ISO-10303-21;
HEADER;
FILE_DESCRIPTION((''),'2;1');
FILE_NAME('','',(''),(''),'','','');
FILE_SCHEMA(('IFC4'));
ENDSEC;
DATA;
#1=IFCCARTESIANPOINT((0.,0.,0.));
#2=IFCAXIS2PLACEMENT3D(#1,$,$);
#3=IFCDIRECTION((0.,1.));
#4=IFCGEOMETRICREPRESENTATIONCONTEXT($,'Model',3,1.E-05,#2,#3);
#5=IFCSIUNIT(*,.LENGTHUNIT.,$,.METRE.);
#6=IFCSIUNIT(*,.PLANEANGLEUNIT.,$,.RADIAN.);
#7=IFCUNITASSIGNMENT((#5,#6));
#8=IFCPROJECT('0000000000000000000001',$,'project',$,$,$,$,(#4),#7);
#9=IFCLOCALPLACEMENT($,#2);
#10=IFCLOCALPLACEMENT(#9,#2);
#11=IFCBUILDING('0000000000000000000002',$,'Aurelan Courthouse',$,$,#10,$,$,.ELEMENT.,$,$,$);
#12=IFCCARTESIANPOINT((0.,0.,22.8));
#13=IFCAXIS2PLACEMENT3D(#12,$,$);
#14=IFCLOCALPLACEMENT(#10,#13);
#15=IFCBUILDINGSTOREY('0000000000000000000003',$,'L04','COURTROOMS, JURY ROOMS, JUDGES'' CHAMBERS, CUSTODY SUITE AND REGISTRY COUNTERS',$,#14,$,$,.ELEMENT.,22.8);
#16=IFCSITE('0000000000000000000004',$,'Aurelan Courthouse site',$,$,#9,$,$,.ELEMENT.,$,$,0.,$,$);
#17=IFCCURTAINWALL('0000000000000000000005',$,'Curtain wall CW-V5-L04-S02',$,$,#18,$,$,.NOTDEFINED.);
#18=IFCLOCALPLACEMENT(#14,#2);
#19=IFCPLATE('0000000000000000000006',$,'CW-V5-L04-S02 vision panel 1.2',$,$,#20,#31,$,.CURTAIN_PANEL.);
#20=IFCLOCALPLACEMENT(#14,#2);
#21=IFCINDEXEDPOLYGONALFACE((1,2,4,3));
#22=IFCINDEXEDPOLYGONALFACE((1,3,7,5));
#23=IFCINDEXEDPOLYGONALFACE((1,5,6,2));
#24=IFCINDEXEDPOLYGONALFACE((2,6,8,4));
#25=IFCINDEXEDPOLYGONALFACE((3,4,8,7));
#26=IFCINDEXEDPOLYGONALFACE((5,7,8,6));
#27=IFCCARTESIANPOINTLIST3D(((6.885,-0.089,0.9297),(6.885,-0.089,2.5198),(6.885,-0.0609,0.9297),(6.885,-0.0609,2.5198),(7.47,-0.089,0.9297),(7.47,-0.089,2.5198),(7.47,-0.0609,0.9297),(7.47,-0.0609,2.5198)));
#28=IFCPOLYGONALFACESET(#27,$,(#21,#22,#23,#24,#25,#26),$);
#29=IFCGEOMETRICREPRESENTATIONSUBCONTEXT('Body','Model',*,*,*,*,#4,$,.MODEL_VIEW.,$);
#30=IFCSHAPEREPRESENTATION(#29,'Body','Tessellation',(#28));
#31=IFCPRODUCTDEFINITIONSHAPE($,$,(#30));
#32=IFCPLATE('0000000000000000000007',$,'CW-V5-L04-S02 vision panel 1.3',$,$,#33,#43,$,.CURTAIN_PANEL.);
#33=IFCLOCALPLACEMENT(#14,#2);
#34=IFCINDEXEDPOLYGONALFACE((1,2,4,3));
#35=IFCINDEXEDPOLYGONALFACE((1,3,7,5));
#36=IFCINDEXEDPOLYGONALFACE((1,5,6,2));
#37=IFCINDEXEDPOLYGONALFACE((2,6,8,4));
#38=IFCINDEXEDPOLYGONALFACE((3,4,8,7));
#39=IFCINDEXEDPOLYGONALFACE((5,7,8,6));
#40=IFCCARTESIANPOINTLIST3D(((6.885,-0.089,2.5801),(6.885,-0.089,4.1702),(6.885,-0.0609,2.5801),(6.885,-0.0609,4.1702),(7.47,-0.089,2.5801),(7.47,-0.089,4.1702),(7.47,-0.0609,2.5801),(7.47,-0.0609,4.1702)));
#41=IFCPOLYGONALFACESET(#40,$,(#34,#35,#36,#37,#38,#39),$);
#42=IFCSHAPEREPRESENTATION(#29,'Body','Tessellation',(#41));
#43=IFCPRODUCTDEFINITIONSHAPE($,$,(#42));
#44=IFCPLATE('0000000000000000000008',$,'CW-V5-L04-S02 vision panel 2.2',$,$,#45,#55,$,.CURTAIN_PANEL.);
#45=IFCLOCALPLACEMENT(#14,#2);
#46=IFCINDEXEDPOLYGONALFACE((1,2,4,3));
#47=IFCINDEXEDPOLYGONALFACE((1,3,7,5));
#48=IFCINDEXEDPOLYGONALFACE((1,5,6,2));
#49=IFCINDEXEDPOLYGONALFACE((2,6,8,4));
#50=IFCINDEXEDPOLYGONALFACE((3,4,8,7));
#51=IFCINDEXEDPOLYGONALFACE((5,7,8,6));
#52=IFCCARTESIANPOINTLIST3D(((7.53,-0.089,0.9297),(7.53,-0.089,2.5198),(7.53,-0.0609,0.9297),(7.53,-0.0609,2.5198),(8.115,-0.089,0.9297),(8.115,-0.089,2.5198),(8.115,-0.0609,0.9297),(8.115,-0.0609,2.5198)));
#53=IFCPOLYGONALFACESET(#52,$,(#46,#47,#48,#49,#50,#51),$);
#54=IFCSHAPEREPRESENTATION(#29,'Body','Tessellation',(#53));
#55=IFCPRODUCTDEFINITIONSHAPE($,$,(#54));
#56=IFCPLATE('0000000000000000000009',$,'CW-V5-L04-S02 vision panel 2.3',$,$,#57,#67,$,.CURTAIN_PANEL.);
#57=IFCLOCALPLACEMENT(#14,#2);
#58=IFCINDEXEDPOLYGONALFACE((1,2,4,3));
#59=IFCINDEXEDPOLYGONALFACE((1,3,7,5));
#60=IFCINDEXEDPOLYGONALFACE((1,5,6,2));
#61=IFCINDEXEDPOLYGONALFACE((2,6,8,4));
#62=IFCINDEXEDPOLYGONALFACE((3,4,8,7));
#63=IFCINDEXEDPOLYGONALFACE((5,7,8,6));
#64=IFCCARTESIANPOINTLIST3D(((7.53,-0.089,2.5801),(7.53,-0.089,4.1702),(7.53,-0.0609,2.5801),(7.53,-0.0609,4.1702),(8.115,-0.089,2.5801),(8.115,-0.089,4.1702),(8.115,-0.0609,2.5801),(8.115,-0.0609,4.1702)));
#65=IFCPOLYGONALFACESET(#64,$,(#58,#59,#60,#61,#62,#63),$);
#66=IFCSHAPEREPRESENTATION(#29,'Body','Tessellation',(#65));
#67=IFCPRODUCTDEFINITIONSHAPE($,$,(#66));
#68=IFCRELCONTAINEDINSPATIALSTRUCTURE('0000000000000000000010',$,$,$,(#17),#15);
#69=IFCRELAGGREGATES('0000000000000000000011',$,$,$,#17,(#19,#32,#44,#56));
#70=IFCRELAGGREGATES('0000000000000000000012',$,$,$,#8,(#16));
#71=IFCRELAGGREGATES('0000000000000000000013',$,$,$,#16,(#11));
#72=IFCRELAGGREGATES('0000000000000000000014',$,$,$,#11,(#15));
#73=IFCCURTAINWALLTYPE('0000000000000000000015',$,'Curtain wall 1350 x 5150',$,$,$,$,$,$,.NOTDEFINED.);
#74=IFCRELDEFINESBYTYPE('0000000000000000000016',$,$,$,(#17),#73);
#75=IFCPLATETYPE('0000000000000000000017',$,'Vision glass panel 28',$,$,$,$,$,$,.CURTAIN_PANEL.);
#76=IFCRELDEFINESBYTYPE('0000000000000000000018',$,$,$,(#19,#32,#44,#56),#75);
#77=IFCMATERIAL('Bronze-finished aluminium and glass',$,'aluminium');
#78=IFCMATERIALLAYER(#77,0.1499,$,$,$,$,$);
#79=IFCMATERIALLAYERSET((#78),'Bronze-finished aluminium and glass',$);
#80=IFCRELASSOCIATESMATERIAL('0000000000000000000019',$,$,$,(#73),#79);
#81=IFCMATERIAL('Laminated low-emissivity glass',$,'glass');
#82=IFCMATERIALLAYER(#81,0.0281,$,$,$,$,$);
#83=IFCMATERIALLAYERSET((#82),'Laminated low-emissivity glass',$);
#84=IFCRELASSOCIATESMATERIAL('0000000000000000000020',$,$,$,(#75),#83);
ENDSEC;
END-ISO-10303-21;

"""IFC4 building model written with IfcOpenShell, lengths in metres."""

from ifc_helpers import new_model, si_unit, direction, frame, origin, origin_2d, place, context, subcontext, project, spatial, rectangle, extrude, material, layer, layer_set, type_object, element, aggregate, save


model = new_model("IFC4")

# Units and contexts
model_context = context("Model", 3, precision=1e-05, world=origin(), true_north=direction((0.0, 1.0)))
body_context = subcontext(model_context, "Body", "Model", "MODEL_VIEW")
ifc_project = project(units=[si_unit("LENGTHUNIT", "METRE"), si_unit("PLANEANGLEUNIT", "RADIAN")], contexts=[model_context])

# Site, building, storey
site_placement = place(None, origin())
site = spatial("IfcSite", under=ifc_project, at=site_placement, Name="Aurelan Courthouse site", CompositionType="ELEMENT", RefElevation=0.0)
building_placement = place(site_placement, origin())
building = spatial("IfcBuilding", under=site, at=building_placement, Name="Aurelan Courthouse", CompositionType="ELEMENT")
storey_placement = place(building_placement, frame((0.0, 0.0, 22.8)))
storey = spatial("IfcBuildingStorey", under=building, at=storey_placement, Name="L04", Description="COURTROOMS, JURY ROOMS, JUDGES' CHAMBERS, CUSTODY SUITE AND REGISTRY COUNTERS", CompositionType="ELEMENT", Elevation=22.8)

# Curtain wall
ifc_material_1 = material(Name="Bronze-finished aluminium and glass", Category="aluminium")
ifc_layer_1 = layer(ifc_material_1, 0.1499)
ifc_layer_set_1 = layer_set([ifc_layer_1], Name="Bronze-finished aluminium and glass")
curtain_wall_type = type_object("IfcCurtainWallType", Name="Curtain wall 1350 x 5150", PredefinedType="NOTDEFINED", material=ifc_layer_set_1)
curtain_wall_1_placement = place(storey_placement, origin())
curtain_wall_1 = element("IfcCurtainWall", 1, at=curtain_wall_1_placement, inside=storey, type_object=curtain_wall_type, Name="Curtain wall CW-V5-L04-S02", PredefinedType="NOTDEFINED")

# Plates
ifc_material_2 = material(Name="Laminated low-emissivity glass", Category="glass")
ifc_layer_2 = layer(ifc_material_2, 0.0281)
ifc_layer_set_2 = layer_set([ifc_layer_2], Name="Laminated low-emissivity glass")
plate_type_1 = type_object("IfcPlateType", Name="Vision glass panel 28", PredefinedType="CURTAIN_PANEL", material=ifc_layer_set_2)
plate_1_placement = place(storey_placement, frame((7.1775, -0.075, 0.9297), z_axis=(0.0, 0.0, 1.0), x_axis=(1.0, 0.0, 0.0)))
plate_1 = element("IfcPlate", 2, at=plate_1_placement, type_object=plate_type_1, Name="CW-V5-L04-S02 vision panel 1.2", PredefinedType="CURTAIN_PANEL", context=body_context, shape_type="SweptSolid", body=[
    extrude(rectangle(XDim=0.585, YDim=0.0281, at=origin_2d()), origin(), (0.0, 0.0, 1.0), 1.5901),
])
plate_2_placement = place(storey_placement, frame((7.1775, -0.075, 2.5801), z_axis=(0.0, 0.0, 1.0), x_axis=(1.0, 0.0, 0.0)))
plate_2 = element("IfcPlate", 3, at=plate_2_placement, type_object=plate_type_1, Name="CW-V5-L04-S02 vision panel 1.3", PredefinedType="CURTAIN_PANEL", context=body_context, shape_type="SweptSolid", body=[
    extrude(rectangle(XDim=0.585, YDim=0.0281, at=origin_2d()), origin(), (0.0, 0.0, 1.0), 1.5901),
])
plate_3_placement = place(storey_placement, frame((7.8225, -0.075, 0.9297), z_axis=(0.0, 0.0, 1.0), x_axis=(1.0, 0.0, 0.0)))
plate_3 = element("IfcPlate", 4, at=plate_3_placement, type_object=plate_type_1, Name="CW-V5-L04-S02 vision panel 2.2", PredefinedType="CURTAIN_PANEL", context=body_context, shape_type="SweptSolid", body=[
    extrude(rectangle(XDim=0.585, YDim=0.0281, at=origin_2d()), origin(), (0.0, 0.0, 1.0), 1.5901),
])
plate_4_placement = place(storey_placement, frame((7.8225, -0.075, 2.5801), z_axis=(0.0, 0.0, 1.0), x_axis=(1.0, 0.0, 0.0)))
plate_4 = element("IfcPlate", 5, at=plate_4_placement, type_object=plate_type_1, Name="CW-V5-L04-S02 vision panel 2.3", PredefinedType="CURTAIN_PANEL", context=body_context, shape_type="SweptSolid", body=[
    extrude(rectangle(XDim=0.585, YDim=0.0281, at=origin_2d()), origin(), (0.0, 0.0, 1.0), 1.5901),
])
aggregate(curtain_wall_1, [plate_1, plate_2, plate_3, plate_4])

save(model, "model.ifc")
